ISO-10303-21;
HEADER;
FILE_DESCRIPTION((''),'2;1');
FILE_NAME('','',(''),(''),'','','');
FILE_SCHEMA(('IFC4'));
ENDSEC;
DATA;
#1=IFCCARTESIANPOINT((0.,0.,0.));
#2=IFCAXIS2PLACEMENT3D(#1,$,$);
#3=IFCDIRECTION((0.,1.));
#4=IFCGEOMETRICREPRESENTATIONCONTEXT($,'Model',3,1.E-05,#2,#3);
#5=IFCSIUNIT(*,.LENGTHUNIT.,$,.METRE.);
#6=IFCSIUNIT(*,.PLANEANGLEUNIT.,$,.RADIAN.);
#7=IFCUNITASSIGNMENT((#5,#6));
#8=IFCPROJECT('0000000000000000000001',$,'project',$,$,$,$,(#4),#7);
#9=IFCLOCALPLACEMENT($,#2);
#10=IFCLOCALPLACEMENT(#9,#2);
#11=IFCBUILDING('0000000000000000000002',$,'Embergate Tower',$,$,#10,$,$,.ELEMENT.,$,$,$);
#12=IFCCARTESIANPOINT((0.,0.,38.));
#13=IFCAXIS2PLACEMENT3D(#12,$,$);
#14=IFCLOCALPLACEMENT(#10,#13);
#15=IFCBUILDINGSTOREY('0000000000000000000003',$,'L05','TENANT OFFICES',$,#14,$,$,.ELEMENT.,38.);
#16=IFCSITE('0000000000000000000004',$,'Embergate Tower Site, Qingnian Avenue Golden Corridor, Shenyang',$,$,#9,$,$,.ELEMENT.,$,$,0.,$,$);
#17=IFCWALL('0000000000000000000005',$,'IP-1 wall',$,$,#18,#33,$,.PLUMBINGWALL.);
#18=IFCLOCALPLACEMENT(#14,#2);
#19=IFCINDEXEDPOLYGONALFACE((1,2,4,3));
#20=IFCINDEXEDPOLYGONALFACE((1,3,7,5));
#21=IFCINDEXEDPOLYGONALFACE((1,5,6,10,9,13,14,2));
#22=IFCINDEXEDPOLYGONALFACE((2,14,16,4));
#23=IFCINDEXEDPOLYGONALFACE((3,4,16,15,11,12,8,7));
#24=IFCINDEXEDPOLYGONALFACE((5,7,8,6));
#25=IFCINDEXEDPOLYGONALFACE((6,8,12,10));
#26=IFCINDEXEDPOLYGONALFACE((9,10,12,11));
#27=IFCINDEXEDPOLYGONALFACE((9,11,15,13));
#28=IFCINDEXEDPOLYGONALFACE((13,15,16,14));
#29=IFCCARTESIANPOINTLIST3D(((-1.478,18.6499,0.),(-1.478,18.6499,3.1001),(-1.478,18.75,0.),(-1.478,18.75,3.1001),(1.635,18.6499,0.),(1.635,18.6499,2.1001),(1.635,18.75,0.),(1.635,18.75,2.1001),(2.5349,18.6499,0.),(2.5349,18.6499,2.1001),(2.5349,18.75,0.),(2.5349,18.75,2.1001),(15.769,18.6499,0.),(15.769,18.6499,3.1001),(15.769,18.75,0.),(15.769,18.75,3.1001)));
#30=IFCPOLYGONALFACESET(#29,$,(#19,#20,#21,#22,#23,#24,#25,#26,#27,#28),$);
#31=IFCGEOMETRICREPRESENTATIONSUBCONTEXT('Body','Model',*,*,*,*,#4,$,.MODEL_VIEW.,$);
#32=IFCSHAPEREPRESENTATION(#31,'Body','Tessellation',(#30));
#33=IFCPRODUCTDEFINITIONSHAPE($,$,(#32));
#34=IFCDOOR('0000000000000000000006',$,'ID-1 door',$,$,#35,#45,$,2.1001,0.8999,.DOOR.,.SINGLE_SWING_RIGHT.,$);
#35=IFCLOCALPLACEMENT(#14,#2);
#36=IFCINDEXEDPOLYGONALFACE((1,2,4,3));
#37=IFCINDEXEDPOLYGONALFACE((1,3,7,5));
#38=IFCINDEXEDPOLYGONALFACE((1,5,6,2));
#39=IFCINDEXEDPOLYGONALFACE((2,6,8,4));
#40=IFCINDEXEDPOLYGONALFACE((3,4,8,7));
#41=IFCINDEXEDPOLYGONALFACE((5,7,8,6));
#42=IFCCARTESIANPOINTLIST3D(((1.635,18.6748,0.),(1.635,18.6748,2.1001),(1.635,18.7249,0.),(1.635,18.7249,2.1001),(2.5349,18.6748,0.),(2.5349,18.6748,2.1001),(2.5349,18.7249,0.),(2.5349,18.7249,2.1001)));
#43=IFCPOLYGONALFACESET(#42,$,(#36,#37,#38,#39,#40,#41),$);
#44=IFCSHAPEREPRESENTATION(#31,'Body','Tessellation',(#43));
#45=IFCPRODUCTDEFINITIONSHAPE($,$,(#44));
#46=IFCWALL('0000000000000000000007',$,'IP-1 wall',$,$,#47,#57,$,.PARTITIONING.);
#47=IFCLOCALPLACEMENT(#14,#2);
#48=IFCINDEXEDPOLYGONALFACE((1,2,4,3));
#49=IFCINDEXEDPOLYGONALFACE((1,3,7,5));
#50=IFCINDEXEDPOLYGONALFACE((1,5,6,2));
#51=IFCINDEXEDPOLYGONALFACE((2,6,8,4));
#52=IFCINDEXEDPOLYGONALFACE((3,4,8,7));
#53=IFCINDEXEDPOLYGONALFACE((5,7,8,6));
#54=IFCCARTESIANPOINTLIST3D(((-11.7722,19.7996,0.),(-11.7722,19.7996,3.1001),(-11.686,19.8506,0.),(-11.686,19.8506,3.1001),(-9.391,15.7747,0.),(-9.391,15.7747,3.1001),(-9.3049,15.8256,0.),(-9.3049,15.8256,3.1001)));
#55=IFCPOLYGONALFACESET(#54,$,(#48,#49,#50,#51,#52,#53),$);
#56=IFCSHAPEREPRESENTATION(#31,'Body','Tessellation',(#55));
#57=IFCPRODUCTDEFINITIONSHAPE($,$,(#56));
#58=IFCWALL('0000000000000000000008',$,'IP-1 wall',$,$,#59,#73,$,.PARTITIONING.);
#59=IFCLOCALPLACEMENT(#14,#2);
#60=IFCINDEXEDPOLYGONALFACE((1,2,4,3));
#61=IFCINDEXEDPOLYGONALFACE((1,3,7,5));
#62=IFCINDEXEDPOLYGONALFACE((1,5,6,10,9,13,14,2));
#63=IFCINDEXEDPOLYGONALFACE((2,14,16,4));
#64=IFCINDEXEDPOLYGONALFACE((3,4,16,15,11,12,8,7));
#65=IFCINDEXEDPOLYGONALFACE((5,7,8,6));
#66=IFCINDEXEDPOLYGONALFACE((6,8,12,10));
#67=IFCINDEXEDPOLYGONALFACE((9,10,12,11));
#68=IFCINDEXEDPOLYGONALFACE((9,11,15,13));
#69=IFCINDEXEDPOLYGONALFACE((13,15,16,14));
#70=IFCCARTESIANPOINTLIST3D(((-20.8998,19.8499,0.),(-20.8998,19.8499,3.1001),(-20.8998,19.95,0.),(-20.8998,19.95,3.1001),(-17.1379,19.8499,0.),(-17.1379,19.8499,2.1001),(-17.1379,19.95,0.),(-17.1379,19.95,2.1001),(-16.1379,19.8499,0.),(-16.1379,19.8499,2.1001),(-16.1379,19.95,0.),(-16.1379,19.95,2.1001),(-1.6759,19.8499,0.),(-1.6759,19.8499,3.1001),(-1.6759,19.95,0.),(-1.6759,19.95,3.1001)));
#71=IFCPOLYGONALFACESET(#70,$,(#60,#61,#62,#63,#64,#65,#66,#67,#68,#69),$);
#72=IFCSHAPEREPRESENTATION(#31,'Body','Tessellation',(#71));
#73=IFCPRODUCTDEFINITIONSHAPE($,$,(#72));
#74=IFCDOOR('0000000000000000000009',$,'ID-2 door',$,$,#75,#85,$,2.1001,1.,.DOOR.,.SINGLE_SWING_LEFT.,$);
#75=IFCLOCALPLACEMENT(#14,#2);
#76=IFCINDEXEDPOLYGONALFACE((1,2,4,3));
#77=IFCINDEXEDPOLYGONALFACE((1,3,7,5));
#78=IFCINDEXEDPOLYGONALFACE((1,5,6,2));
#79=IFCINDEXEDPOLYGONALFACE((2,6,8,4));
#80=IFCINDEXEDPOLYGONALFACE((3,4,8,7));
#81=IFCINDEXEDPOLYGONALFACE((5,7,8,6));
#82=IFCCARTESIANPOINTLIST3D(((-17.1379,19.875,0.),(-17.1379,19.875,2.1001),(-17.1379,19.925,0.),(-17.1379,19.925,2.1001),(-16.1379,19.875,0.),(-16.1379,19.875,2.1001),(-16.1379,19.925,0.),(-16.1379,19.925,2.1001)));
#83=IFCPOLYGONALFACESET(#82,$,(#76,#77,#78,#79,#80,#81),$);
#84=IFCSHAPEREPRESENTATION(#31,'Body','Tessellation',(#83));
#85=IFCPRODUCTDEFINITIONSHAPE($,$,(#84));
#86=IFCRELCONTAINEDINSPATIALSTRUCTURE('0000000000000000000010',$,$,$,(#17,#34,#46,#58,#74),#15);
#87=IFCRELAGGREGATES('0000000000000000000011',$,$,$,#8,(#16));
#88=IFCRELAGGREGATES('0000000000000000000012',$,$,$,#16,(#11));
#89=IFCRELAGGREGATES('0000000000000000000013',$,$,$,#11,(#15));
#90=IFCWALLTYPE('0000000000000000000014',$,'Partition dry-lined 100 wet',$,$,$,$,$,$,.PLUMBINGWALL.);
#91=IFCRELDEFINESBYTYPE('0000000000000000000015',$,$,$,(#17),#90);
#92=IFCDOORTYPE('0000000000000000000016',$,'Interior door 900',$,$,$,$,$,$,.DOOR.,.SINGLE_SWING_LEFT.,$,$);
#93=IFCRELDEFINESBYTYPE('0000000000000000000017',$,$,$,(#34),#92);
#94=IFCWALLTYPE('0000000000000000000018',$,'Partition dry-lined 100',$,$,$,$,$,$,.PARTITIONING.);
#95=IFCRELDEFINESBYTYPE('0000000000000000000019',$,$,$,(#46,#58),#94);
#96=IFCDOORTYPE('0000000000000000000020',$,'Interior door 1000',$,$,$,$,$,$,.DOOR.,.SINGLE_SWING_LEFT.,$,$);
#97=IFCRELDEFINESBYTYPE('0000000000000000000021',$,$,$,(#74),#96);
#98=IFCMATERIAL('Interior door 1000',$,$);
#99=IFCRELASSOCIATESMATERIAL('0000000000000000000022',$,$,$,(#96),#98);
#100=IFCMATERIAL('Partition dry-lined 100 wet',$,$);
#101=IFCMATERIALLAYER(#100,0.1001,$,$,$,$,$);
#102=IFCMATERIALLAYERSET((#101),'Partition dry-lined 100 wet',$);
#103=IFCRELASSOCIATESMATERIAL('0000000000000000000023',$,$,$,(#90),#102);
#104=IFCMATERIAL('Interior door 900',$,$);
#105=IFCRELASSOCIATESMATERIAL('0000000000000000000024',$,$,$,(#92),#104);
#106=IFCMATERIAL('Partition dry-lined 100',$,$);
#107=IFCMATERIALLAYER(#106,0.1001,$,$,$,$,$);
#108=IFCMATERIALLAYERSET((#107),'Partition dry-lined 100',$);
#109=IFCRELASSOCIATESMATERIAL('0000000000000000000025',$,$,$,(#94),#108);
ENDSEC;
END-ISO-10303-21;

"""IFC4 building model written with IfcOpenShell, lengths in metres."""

from ifc_helpers import new_model, si_unit, direction, frame, frame_2d, origin, place, context, subcontext, project, spatial, rectangle, extrude, source, transform, mapped, material, layer, layer_set, type_object, element, fill, save


model = new_model("IFC4")

# Units and contexts
model_context = context("Model", 3, precision=1e-05, world=origin(), true_north=direction((0.0, 1.0)))
body_context = subcontext(model_context, "Body", "Model", "MODEL_VIEW")
ifc_project = project(units=[si_unit("LENGTHUNIT", "METRE"), si_unit("PLANEANGLEUNIT", "RADIAN")], contexts=[model_context])

# Site, building, storey
site_placement = place(None, origin())
site = spatial("IfcSite", under=ifc_project, at=site_placement, Name="Embergate Tower Site, Qingnian Avenue Golden Corridor, Shenyang", CompositionType="ELEMENT", RefElevation=0.0)
building_placement = place(site_placement, origin())
building = spatial("IfcBuilding", under=site, at=building_placement, Name="Embergate Tower", CompositionType="ELEMENT")
storey_placement = place(building_placement, frame((0.0, 0.0, 38.0)))
storey = spatial("IfcBuildingStorey", under=building, at=storey_placement, Name="L05", Description="TENANT OFFICES", CompositionType="ELEMENT", Elevation=38.0)

# Shared definitions
shared_shape_1 = source(origin(), body_context, "Body", "SweptSolid", [
    extrude(rectangle(XDim=0.8999, YDim=2.1001, at=frame_2d((0.45, 1.05))), frame((0.0, 0.0249, 0.0), z_axis=(0.0, -1.0, 0.0), x_axis=(1.0, 0.0, 0.0)), (0.0, 0.0, 1.0), 0.05),
])
ifc_material_1 = material(Name="Interior door 1000")
door_type_1 = type_object("IfcDoorType", Name="Interior door 1000", OperationType="SINGLE_SWING_LEFT", PredefinedType="DOOR", material=ifc_material_1)
shared_shape_2 = source(origin(), body_context, "Body", "SweptSolid", [
    extrude(rectangle(XDim=1.0, YDim=2.1001, at=frame_2d((0.5, 1.05))), frame((0.0, 0.0249, 0.0), z_axis=(0.0, -1.0, 0.0), x_axis=(1.0, 0.0, 0.0)), (0.0, 0.0, 1.0), 0.05),
])

# Wall, opening, door
ifc_material_2 = material(Name="Partition dry-lined 100 wet")
ifc_layer_1 = layer(ifc_material_2, 0.1001)
ifc_layer_set_1 = layer_set([ifc_layer_1], Name="Partition dry-lined 100 wet")
wall_type_1 = type_object("IfcWallType", Name="Partition dry-lined 100 wet", PredefinedType="PLUMBINGWALL", material=ifc_layer_set_1)
shared_shape_3 = source(origin(), body_context, "Body", "SweptSolid", [
    extrude(rectangle(XDim=17.2471, YDim=0.1001, at=frame_2d((8.6235, 0.0))), origin(), (0.0, 0.0, 1.0), 3.1001),
])
wall_1_placement = place(storey_placement, frame((-1.478, 18.7, 0.0), z_axis=(0.0, 0.0, 1.0), x_axis=(1.0, 0.0, 0.0)))
wall_1 = element("IfcWall", 1, at=wall_1_placement, inside=storey, type_object=wall_type_1, Name="IP-1 wall", PredefinedType="PLUMBINGWALL", context=body_context, shape_type="MappedRepresentation", body=[
    mapped(shared_shape_3, transform((0.0, 0.0, 0.0))),
])
shared_shape_4 = source(origin(), body_context, "Body", "SweptSolid", [
    extrude(rectangle(XDim=0.8999, YDim=2.1001, at=frame_2d((0.45, 1.05))), frame((0.0, 0.0601, 0.0), z_axis=(0.0, -1.0, 0.0), x_axis=(1.0, 0.0, 0.0)), (0.0, 0.0, 1.0), 0.1201),
])
opening_1_placement = place(wall_1_placement, frame((3.113, 0.0, 0.0)))
opening_1 = element("IfcOpeningElement", 2, at=opening_1_placement, cuts=wall_1, PredefinedType="OPENING", context=body_context, shape_type="MappedRepresentation", body=[
    mapped(shared_shape_4, transform((0.0, 0.0, 0.0))),
])
ifc_material_3 = material(Name="Interior door 900")
door_type_2 = type_object("IfcDoorType", Name="Interior door 900", OperationType="SINGLE_SWING_LEFT", PredefinedType="DOOR", material=ifc_material_3)
door_1_placement = place(opening_1_placement, origin())
door_1 = element("IfcDoor", 3, at=door_1_placement, inside=storey, type_object=door_type_2, Name="ID-1 door", OperationType="SINGLE_SWING_RIGHT", OverallHeight=2.1001, OverallWidth=0.8999, PredefinedType="DOOR", context=body_context, shape_type="MappedRepresentation", body=[
    mapped(shared_shape_1, transform((0.0, 0.0, 0.0))),
])
fill(opening_1, door_1)

# Wall
ifc_material_4 = material(Name="Partition dry-lined 100")
ifc_layer_2 = layer(ifc_material_4, 0.1001)
ifc_layer_set_2 = layer_set([ifc_layer_2], Name="Partition dry-lined 100")
wall_type_2 = type_object("IfcWallType", Name="Partition dry-lined 100", PredefinedType="PARTITIONING", material=ifc_layer_set_2)
shared_shape_5 = source(origin(), body_context, "Body", "SweptSolid", [
    extrude(rectangle(XDim=4.6765, YDim=0.1001, at=frame_2d((2.3384, 0.0))), origin(), (0.0, 0.0, 1.0), 3.1001),
])
wall_2_placement = place(storey_placement, frame((-9.3479, 15.8, 0.0), z_axis=(0.0, 0.0, 1.0), x_axis=(-0.509165, 0.860669, 0.0)))
element("IfcWall", 4, at=wall_2_placement, inside=storey, type_object=wall_type_2, Name="IP-1 wall", PredefinedType="PARTITIONING", context=body_context, shape_type="MappedRepresentation", body=[
    mapped(shared_shape_5, transform((0.0, 0.0, 0.0))),
])

# Wall, opening, door
shared_shape_6 = source(origin(), body_context, "Body", "SweptSolid", [
    extrude(rectangle(XDim=19.2239, YDim=0.1001, at=frame_2d((9.6118, 0.0))), origin(), (0.0, 0.0, 1.0), 3.1001),
])
wall_3_placement = place(storey_placement, frame((-1.676, 19.8999, 0.0), z_axis=(0.0, 0.0, 1.0), x_axis=(-1.0, 0.0, 0.0)))
wall_3 = element("IfcWall", 5, at=wall_3_placement, inside=storey, type_object=wall_type_2, Name="IP-1 wall", PredefinedType="PARTITIONING", context=body_context, shape_type="MappedRepresentation", body=[
    mapped(shared_shape_6, transform((0.0, 0.0, 0.0))),
])
shared_shape_7 = source(origin(), body_context, "Body", "SweptSolid", [
    extrude(rectangle(XDim=1.0, YDim=2.1001, at=frame_2d((0.5, 1.05))), frame((0.0, 0.0601, 0.0), z_axis=(0.0, -1.0, 0.0), x_axis=(1.0, 0.0, 0.0)), (0.0, 0.0, 1.0), 0.1201),
])
opening_2_placement = place(wall_3_placement, frame((14.4619, 0.0, 0.0)))
opening_2 = element("IfcOpeningElement", 6, at=opening_2_placement, cuts=wall_3, PredefinedType="OPENING", context=body_context, shape_type="MappedRepresentation", body=[
    mapped(shared_shape_7, transform((0.0, 0.0, 0.0))),
])
door_2_placement = place(opening_2_placement, origin())
door_2 = element("IfcDoor", 7, at=door_2_placement, inside=storey, type_object=door_type_1, Name="ID-2 door", OperationType="SINGLE_SWING_LEFT", OverallHeight=2.1001, OverallWidth=1.0, PredefinedType="DOOR", context=body_context, shape_type="MappedRepresentation", body=[
    mapped(shared_shape_2, transform((0.0, 0.0, 0.0))),
])
fill(opening_2, door_2)

save(model, "model.ifc")
